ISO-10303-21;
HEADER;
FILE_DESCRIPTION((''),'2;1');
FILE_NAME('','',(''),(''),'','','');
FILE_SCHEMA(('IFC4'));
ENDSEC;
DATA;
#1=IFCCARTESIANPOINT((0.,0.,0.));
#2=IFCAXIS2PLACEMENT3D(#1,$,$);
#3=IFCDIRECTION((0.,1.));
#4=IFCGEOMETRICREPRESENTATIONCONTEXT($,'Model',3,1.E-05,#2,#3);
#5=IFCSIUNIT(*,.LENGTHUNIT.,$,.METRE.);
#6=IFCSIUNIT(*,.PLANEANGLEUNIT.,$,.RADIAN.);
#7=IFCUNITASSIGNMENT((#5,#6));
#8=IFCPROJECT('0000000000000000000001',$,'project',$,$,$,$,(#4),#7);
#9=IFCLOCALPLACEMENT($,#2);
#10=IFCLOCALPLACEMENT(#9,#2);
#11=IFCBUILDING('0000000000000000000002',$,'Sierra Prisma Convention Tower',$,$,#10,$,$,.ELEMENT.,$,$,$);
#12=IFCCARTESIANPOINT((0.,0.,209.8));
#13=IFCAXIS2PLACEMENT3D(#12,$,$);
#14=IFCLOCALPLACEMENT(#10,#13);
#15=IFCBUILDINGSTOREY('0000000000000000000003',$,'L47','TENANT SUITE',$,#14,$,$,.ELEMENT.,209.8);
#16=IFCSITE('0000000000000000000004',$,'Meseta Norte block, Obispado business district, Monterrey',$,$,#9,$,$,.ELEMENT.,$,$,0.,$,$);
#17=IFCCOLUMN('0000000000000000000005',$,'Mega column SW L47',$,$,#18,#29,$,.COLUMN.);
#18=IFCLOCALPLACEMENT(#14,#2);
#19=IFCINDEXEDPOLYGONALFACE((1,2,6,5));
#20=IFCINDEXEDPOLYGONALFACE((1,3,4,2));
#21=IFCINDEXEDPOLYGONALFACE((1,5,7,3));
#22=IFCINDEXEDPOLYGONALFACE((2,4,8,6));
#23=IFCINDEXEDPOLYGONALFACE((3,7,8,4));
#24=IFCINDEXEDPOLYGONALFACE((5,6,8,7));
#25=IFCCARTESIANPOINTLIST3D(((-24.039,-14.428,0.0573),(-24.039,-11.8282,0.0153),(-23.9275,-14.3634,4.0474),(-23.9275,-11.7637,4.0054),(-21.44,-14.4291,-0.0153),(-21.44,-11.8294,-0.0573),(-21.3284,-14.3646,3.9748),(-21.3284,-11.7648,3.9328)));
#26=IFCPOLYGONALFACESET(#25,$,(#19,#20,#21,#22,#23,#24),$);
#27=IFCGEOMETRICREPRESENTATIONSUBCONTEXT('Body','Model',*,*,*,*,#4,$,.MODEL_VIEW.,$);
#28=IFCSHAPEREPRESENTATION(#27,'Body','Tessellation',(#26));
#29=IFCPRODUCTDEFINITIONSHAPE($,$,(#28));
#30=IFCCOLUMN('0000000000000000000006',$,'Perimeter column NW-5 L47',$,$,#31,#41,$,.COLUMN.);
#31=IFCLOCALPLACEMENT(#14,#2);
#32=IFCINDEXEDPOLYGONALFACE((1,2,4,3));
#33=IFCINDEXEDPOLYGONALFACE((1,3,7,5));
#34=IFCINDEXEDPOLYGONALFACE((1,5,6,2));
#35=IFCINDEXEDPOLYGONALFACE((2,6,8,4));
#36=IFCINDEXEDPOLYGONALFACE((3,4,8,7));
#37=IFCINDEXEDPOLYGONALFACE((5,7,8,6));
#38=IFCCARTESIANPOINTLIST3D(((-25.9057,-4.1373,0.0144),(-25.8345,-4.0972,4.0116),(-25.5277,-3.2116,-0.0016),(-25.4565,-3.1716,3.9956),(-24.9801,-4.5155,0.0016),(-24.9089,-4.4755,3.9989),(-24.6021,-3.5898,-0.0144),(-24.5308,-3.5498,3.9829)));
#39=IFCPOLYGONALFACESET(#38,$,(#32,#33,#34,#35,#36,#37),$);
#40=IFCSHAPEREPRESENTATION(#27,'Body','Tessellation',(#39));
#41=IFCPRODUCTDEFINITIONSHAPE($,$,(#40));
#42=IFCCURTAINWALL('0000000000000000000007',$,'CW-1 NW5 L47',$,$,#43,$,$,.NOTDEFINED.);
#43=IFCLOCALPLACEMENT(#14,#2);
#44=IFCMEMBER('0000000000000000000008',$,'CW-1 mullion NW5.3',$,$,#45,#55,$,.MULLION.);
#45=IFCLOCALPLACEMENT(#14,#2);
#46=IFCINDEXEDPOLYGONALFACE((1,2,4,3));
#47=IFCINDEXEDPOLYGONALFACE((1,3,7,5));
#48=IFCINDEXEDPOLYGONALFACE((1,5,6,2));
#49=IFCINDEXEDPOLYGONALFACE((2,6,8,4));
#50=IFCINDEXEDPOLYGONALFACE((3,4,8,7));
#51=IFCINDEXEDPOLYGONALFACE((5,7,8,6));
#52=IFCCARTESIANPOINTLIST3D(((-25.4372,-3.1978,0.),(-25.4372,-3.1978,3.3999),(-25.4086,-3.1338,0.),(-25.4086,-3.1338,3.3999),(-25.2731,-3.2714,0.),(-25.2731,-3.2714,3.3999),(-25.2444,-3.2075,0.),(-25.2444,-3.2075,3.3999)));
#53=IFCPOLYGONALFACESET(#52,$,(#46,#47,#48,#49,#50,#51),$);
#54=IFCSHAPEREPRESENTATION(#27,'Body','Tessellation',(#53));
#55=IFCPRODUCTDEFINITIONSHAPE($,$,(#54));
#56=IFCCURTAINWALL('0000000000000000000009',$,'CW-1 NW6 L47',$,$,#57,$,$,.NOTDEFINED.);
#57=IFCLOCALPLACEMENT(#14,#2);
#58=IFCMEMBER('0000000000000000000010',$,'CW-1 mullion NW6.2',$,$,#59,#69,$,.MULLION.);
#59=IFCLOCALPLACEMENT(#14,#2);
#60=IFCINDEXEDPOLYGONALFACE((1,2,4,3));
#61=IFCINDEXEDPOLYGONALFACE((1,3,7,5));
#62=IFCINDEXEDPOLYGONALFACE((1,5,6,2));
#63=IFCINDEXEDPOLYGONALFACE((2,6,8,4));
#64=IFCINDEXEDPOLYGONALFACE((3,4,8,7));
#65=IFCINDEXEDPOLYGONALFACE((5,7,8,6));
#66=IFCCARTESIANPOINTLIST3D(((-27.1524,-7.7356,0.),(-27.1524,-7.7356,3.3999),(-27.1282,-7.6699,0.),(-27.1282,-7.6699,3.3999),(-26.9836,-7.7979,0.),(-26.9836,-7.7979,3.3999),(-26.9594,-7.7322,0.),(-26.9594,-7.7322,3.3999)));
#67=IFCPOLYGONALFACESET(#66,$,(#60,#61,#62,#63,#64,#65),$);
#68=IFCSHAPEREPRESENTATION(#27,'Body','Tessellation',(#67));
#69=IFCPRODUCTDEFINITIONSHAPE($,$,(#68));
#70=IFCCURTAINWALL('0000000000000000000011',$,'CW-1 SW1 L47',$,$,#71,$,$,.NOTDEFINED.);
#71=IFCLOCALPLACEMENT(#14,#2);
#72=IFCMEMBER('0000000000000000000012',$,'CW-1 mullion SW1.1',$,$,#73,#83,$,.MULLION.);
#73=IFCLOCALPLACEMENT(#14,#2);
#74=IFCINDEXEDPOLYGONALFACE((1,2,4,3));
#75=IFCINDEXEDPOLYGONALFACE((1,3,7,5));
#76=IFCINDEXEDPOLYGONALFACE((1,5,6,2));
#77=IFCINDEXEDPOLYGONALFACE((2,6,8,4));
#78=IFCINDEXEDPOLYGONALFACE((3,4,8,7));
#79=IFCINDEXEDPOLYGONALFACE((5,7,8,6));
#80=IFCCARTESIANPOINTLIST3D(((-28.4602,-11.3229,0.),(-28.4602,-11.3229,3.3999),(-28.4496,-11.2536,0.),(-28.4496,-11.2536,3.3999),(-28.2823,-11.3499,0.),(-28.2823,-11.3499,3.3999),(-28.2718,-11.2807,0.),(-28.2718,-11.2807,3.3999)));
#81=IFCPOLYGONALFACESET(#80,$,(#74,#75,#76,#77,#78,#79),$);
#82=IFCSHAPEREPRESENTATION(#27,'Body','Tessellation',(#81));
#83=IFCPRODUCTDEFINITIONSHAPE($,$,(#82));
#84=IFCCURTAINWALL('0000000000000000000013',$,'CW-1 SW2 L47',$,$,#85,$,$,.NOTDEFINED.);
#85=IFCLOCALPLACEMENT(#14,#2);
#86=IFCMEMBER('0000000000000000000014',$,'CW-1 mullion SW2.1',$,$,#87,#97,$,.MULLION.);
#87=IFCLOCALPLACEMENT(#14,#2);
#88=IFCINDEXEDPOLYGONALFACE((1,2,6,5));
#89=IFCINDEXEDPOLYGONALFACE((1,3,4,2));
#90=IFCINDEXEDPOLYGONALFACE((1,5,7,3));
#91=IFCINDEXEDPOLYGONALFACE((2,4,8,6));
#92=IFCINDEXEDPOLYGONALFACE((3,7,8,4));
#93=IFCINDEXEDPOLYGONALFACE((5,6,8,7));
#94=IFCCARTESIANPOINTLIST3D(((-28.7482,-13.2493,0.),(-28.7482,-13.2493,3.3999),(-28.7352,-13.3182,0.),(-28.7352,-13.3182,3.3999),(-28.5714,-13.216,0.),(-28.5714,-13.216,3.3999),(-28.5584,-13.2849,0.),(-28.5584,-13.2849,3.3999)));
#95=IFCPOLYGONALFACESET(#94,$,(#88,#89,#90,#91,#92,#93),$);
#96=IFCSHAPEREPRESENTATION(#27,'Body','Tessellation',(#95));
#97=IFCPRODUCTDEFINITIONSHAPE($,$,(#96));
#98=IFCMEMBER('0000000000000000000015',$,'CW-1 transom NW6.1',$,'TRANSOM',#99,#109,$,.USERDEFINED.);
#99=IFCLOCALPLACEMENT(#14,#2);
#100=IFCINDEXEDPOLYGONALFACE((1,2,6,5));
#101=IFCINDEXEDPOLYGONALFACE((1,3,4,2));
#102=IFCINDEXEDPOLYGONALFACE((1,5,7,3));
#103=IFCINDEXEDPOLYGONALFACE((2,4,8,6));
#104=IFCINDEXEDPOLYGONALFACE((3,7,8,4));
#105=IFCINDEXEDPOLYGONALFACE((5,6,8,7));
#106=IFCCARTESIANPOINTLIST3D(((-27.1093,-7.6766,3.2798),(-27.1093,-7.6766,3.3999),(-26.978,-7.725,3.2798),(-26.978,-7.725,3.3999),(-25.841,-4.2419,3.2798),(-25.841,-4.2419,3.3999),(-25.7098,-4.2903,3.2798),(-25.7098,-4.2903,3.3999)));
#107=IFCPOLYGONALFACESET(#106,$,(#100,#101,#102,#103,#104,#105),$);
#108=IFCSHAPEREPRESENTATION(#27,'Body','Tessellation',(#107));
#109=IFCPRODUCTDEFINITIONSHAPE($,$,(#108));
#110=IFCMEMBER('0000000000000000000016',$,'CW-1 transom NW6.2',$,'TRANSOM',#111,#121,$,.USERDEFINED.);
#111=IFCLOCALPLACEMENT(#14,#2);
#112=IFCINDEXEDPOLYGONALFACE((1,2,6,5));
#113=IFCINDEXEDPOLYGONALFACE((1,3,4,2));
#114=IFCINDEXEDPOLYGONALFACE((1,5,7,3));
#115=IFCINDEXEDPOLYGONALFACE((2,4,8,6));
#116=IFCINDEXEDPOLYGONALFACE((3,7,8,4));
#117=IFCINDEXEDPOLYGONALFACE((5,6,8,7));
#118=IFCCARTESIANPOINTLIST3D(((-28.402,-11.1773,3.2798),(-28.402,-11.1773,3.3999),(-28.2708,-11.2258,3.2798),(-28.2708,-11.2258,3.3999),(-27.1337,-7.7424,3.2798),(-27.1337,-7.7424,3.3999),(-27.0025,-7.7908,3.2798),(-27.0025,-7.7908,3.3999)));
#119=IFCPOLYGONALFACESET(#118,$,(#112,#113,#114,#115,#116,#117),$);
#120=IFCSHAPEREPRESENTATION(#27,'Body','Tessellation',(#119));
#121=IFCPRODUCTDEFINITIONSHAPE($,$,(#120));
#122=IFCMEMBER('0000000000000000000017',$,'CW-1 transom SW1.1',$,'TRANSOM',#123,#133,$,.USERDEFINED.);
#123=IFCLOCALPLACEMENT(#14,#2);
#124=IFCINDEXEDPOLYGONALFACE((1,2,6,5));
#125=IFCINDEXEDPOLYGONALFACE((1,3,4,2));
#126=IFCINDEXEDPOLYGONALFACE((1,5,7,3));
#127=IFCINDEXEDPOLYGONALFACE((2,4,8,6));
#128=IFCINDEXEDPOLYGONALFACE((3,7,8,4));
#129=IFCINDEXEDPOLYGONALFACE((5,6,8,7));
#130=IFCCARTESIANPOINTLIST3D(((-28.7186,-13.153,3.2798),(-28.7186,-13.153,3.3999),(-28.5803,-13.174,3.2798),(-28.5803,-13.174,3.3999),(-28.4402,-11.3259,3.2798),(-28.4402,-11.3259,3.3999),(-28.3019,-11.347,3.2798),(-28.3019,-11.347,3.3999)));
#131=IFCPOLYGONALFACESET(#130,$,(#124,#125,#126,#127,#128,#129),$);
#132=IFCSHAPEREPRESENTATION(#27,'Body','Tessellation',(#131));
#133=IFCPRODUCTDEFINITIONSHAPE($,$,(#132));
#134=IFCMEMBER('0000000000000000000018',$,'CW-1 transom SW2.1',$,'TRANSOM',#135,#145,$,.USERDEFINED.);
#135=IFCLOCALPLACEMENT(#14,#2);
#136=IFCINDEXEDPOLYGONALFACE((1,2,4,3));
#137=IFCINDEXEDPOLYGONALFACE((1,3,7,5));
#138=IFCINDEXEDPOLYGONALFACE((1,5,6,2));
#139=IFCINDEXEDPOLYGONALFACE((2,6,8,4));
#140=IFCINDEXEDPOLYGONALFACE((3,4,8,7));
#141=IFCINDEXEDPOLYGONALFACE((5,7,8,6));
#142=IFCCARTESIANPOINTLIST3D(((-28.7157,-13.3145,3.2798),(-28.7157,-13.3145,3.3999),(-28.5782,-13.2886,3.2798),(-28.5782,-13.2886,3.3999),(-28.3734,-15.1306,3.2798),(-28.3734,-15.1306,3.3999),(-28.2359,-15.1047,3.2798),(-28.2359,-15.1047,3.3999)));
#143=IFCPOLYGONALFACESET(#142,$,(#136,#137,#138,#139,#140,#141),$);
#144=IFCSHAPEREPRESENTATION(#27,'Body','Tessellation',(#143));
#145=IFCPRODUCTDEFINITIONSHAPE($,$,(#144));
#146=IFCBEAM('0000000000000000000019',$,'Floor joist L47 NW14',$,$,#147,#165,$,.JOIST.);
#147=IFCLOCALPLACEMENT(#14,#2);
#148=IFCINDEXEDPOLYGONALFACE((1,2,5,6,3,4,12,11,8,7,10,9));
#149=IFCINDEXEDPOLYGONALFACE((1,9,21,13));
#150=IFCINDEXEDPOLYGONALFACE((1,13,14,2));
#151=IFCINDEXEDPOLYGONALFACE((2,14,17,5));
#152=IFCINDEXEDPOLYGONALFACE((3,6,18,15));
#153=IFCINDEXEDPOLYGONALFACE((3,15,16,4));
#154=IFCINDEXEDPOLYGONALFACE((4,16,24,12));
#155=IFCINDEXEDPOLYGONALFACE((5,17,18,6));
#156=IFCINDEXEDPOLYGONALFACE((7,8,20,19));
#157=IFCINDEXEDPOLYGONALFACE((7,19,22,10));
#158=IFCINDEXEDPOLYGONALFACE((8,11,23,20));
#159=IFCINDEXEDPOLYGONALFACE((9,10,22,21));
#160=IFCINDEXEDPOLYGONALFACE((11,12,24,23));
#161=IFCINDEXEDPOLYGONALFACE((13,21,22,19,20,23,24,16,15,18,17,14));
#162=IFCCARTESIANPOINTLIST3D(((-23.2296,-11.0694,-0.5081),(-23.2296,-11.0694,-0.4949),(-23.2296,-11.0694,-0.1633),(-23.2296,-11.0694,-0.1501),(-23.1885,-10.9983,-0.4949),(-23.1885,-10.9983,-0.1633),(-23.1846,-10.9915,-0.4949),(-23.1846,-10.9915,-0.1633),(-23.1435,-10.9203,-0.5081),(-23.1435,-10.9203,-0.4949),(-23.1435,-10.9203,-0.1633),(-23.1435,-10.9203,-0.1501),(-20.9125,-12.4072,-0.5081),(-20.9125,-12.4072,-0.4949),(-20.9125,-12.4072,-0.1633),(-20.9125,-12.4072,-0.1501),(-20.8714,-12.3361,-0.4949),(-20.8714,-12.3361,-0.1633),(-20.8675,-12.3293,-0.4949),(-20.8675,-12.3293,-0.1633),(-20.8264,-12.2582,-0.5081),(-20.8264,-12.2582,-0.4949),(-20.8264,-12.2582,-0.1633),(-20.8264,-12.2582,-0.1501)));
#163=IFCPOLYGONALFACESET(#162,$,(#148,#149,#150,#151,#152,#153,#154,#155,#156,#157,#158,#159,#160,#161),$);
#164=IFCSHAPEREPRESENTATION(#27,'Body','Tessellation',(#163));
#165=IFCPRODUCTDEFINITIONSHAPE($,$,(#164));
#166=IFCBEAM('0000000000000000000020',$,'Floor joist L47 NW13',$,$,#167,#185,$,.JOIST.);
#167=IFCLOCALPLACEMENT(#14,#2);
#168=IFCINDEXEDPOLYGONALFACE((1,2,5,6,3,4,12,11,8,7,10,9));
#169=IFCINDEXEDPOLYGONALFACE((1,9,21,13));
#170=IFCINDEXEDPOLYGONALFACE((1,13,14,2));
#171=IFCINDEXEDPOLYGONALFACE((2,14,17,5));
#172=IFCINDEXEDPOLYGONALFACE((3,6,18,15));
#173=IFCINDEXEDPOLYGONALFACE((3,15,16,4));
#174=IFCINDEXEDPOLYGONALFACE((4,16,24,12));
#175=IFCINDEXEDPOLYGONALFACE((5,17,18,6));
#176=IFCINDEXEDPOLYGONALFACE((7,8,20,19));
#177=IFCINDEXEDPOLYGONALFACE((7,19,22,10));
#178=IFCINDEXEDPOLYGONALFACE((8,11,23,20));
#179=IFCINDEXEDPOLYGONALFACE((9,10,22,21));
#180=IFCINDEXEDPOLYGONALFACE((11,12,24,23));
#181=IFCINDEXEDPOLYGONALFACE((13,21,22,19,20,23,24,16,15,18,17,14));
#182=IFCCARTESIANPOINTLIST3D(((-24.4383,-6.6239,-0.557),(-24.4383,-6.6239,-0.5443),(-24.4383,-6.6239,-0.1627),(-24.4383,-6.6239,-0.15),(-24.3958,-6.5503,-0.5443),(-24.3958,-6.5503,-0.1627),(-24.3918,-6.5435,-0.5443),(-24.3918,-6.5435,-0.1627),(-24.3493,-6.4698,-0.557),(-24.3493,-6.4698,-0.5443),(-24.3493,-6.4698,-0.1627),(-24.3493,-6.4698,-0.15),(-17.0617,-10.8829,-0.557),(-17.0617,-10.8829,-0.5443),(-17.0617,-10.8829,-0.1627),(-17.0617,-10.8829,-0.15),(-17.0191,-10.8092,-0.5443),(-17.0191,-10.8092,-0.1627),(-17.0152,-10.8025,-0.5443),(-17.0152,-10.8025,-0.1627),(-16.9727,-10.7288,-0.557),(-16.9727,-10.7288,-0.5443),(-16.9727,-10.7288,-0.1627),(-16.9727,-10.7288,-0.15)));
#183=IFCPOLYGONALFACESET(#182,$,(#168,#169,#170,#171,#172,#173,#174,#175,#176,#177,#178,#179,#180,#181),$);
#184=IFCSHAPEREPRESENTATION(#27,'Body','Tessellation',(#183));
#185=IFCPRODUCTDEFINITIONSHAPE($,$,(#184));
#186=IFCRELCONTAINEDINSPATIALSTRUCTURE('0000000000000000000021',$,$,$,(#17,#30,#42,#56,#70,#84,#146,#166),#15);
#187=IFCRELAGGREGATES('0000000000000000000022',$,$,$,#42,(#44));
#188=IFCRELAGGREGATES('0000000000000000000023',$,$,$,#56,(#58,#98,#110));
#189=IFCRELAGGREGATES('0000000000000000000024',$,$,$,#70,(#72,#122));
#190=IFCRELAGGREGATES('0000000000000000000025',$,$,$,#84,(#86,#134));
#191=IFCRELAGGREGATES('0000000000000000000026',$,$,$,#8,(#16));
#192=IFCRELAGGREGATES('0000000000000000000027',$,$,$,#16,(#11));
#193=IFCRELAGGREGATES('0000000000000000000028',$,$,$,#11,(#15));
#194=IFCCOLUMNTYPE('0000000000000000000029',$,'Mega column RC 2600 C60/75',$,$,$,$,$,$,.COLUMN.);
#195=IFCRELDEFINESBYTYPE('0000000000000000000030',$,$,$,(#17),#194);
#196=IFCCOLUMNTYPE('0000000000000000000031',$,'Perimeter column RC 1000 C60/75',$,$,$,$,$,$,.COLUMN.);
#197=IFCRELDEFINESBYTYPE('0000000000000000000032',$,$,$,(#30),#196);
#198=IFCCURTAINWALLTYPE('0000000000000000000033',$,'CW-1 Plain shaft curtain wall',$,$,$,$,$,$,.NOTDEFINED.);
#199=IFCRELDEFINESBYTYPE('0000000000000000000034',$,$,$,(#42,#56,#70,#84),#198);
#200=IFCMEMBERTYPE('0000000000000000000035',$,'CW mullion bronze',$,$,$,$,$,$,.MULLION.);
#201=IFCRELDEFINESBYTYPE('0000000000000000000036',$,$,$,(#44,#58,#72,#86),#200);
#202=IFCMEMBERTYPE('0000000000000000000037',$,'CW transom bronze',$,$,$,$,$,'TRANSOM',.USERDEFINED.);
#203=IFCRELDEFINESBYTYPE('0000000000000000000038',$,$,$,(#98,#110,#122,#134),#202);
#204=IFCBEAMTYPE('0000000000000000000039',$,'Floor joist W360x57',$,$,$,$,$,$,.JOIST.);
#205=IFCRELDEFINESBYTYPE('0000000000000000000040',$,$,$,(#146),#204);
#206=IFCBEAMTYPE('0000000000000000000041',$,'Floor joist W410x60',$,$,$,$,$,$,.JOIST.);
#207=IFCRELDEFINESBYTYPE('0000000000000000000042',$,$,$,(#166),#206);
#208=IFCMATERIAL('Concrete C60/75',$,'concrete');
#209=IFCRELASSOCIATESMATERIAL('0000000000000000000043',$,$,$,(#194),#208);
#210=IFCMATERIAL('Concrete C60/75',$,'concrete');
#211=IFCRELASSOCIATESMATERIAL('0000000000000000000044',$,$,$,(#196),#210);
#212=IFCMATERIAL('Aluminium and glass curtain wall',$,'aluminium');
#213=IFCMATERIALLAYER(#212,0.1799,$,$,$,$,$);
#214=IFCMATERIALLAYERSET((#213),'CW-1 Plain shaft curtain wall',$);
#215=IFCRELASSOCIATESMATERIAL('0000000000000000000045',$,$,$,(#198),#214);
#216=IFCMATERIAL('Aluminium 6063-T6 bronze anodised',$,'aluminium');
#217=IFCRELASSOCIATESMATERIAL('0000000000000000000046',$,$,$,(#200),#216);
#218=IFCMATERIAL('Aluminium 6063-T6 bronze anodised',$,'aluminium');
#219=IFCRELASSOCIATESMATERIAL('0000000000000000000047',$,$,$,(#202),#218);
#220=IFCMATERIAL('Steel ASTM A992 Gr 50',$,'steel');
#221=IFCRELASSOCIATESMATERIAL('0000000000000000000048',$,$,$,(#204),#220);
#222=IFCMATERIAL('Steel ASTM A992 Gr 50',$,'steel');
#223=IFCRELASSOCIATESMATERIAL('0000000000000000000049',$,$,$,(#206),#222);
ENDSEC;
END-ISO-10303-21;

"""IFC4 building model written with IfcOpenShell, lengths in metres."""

from ifc_helpers import new_model, si_unit, direction, frame, origin, origin_2d, place, context, subcontext, project, spatial, rectangle, i_section, extrude, clip, halfspace, material, layer, layer_set, material_profile, profile_set, type_object, element, aggregate, save


model = new_model("IFC4")

# Units and contexts
model_context = context("Model", 3, precision=1e-05, world=origin(), true_north=direction((0.0, 1.0)))
body_context = subcontext(model_context, "Body", "Model", "MODEL_VIEW")
ifc_project = project(units=[si_unit("LENGTHUNIT", "METRE"), si_unit("PLANEANGLEUNIT", "RADIAN")], contexts=[model_context])

# Site, building, storey
site_placement = place(None, origin())
site = spatial("IfcSite", under=ifc_project, at=site_placement, Name="Meseta Norte block, Obispado business district, Monterrey", CompositionType="ELEMENT", RefElevation=0.0)
building_placement = place(site_placement, origin())
building = spatial("IfcBuilding", under=site, at=building_placement, Name="Sierra Prisma Convention Tower", CompositionType="ELEMENT")
storey_placement = place(building_placement, frame((0.0, 0.0, 209.8)))
storey = spatial("IfcBuildingStorey", under=building, at=storey_placement, Name="L47", Description="TENANT SUITE", CompositionType="ELEMENT", Elevation=209.8)

# Columns
ifc_material_1 = material(Name="Concrete C60/75", Category="concrete")
ifc_material_profile_1 = material_profile(ifc_material_1, rectangle(XDim=2.6001, YDim=2.6001, at=origin_2d()), Name="Mega column RC 2600 C60/75")
ifc_profile_set_1 = profile_set([ifc_material_profile_1], Name="Concrete C60/75")
column_type_1 = type_object("IfcColumnType", Name="Mega column RC 2600 C60/75", PredefinedType="COLUMN", material=ifc_profile_set_1)
column_1_placement = place(storey_placement, frame((-22.7395, -13.1287, 0.0), z_axis=(0.02794, 0.016166, 0.999479), x_axis=(0.99961, -0.000452, -0.027936)))
element("IfcColumn", 1, at=column_1_placement, inside=storey, type_object=column_type_1, Name="Mega column SW L47", PredefinedType="COLUMN", context=body_context, shape_type="SweptSolid", body=[
    clip(extrude(rectangle(XDim=2.6001, YDim=2.6001, at=origin_2d()), origin(), (0.0, 0.0, 1.0), 4.0022), halfspace(frame((0.0, 0.0, 3.9922)), False)),
])
ifc_material_2 = material(Name="Concrete C60/75", Category="concrete")
ifc_material_profile_2 = material_profile(ifc_material_2, rectangle(XDim=1.0, YDim=1.0, at=origin_2d()), Name="Perimeter column RC 1000 C60/75")
ifc_profile_set_2 = profile_set([ifc_material_profile_2], Name="Concrete C60/75")
column_type_2 = type_object("IfcColumnType", Name="Perimeter column RC 1000 C60/75", PredefinedType="COLUMN", material=ifc_profile_set_2)
column_2_placement = place(storey_placement, frame((-25.2539, -3.8635, 0.0), z_axis=(0.017819, 0.010008, 0.999791), x_axis=(0.378002, 0.925666, -0.016003)))
element("IfcColumn", 2, at=column_2_placement, inside=storey, type_object=column_type_2, Name="Perimeter column NW-5 L47", PredefinedType="COLUMN", context=body_context, shape_type="SweptSolid", body=[
    clip(extrude(rectangle(XDim=1.0, YDim=1.0, at=origin_2d()), origin(), (0.0, 0.0, 1.0), 4.0007), halfspace(frame((0.0, 0.0, 3.998)), False)),
])

# Curtain walls, members
ifc_material_3 = material(Name="Aluminium and glass curtain wall", Category="aluminium")
ifc_layer_1 = layer(ifc_material_3, 0.1799)
ifc_layer_set_1 = layer_set([ifc_layer_1], Name="CW-1 Plain shaft curtain wall")
curtain_wall_type = type_object("IfcCurtainWallType", Name="CW-1 Plain shaft curtain wall", PredefinedType="NOTDEFINED", material=ifc_layer_set_1)
curtain_wall_1_placement = place(storey_placement, origin())
curtain_wall_1 = element("IfcCurtainWall", 3, at=curtain_wall_1_placement, inside=storey, type_object=curtain_wall_type, Name="CW-1 NW5 L47", PredefinedType="NOTDEFINED")
ifc_material_4 = material(Name="Aluminium 6063-T6 bronze anodised", Category="aluminium")
ifc_material_profile_3 = material_profile(ifc_material_4, rectangle(XDim=0.1799, YDim=0.0701, at=origin_2d()), Name="ALU MULLION 70x180")
ifc_profile_set_3 = profile_set([ifc_material_profile_3], Name="Aluminium 6063-T6 bronze anodised")
member_type_1 = type_object("IfcMemberType", Name="CW mullion bronze", PredefinedType="MULLION", material=ifc_profile_set_3)
member_1_placement = place(storey_placement, frame((-25.3408, -3.2026, 0.0), z_axis=(0.0, 0.0, 1.0), x_axis=(0.912404, -0.40929, 0.0)))
member_1 = element("IfcMember", 4, at=member_1_placement, type_object=member_type_1, Name="CW-1 mullion NW5.3", PredefinedType="MULLION", context=body_context, shape_type="SweptSolid", body=[
    extrude(rectangle(XDim=0.1799, YDim=0.0701, at=origin_2d()), origin(), (0.0, 0.0, 1.0), 3.3999),
])
aggregate(curtain_wall_1, [member_1])
curtain_wall_2_placement = place(storey_placement, origin())
curtain_wall_2 = element("IfcCurtainWall", 5, at=curtain_wall_2_placement, inside=storey, type_object=curtain_wall_type, Name="CW-1 NW6 L47", PredefinedType="NOTDEFINED")
member_2_placement = place(storey_placement, frame((-27.0559, -7.7339, 0.0), z_axis=(0.0, 0.0, 1.0), x_axis=(0.938088, -0.346397, 0.0)))
member_2 = element("IfcMember", 6, at=member_2_placement, type_object=member_type_1, Name="CW-1 mullion NW6.2", PredefinedType="MULLION", context=body_context, shape_type="SweptSolid", body=[
    extrude(rectangle(XDim=0.1799, YDim=0.0701, at=origin_2d()), origin(), (0.0, 0.0, 1.0), 3.3999),
])
curtain_wall_3_placement = place(storey_placement, origin())
curtain_wall_3 = element("IfcCurtainWall", 7, at=curtain_wall_3_placement, inside=storey, type_object=curtain_wall_type, Name="CW-1 SW1 L47", PredefinedType="NOTDEFINED")
member_3_placement = place(storey_placement, frame((-28.366, -11.3018, 0.0), z_axis=(0.0, 0.0, 1.0), x_axis=(0.988609, -0.150509, 0.0)))
member_3 = element("IfcMember", 8, at=member_3_placement, type_object=member_type_1, Name="CW-1 mullion SW1.1", PredefinedType="MULLION", context=body_context, shape_type="SweptSolid", body=[
    extrude(rectangle(XDim=0.1799, YDim=0.0701, at=origin_2d()), origin(), (0.0, 0.0, 1.0), 3.3999),
])
curtain_wall_4_placement = place(storey_placement, origin())
curtain_wall_4 = element("IfcCurtainWall", 9, at=curtain_wall_4_placement, inside=storey, type_object=curtain_wall_type, Name="CW-1 SW2 L47", PredefinedType="NOTDEFINED")
member_4_placement = place(storey_placement, frame((-28.6533, -13.2671, 0.0), z_axis=(0.0, 0.0, 1.0), x_axis=(0.982704, 0.185183, 0.0)))
member_4 = element("IfcMember", 10, at=member_4_placement, type_object=member_type_1, Name="CW-1 mullion SW2.1", PredefinedType="MULLION", context=body_context, shape_type="SweptSolid", body=[
    extrude(rectangle(XDim=0.1799, YDim=0.0701, at=origin_2d()), origin(), (0.0, 0.0, 1.0), 3.3999),
])

# Members
ifc_material_5 = material(Name="Aluminium 6063-T6 bronze anodised", Category="aluminium")
ifc_material_profile_4 = material_profile(ifc_material_5, rectangle(XDim=0.1399, YDim=0.1201, at=origin_2d()), Name="ALU TRANSOM 120x140")
ifc_profile_set_4 = profile_set([ifc_material_profile_4], Name="Aluminium 6063-T6 bronze anodised")
member_type_2 = type_object("IfcMemberType", Name="CW transom bronze", ElementType="TRANSOM", PredefinedType="USERDEFINED", material=ifc_profile_set_4)
member_5_placement = place(storey_placement, frame((-25.7754, -4.2661, 3.3398), z_axis=(-0.346391, -0.93809, 0.0), x_axis=(0.93809, -0.346391, 0.0)))
member_5 = element("IfcMember", 11, at=member_5_placement, type_object=member_type_2, Name="CW-1 transom NW6.1", ObjectType="TRANSOM", PredefinedType="USERDEFINED", context=body_context, shape_type="SweptSolid", body=[
    extrude(rectangle(XDim=0.1399, YDim=0.1201, at=origin_2d()), origin(), (0.0, 0.0, 1.0), 3.6614),
])
member_6_placement = place(storey_placement, frame((-27.0681, -7.7666, 3.3398), z_axis=(-0.34637, -0.938098, 0.0), x_axis=(0.938098, -0.34637, 0.0)))
member_6 = element("IfcMember", 12, at=member_6_placement, type_object=member_type_2, Name="CW-1 transom NW6.2", ObjectType="TRANSOM", PredefinedType="USERDEFINED", context=body_context, shape_type="SweptSolid", body=[
    extrude(rectangle(XDim=0.1399, YDim=0.1201, at=origin_2d()), origin(), (0.0, 0.0, 1.0), 3.6616),
])
member_7_placement = place(storey_placement, frame((-28.3711, -11.3364, 3.3398), z_axis=(-0.150588, -0.988597, 0.0), x_axis=(0.988597, -0.150588, 0.0)))
member_7 = element("IfcMember", 13, at=member_7_placement, type_object=member_type_2, Name="CW-1 transom SW1.1", ObjectType="TRANSOM", PredefinedType="USERDEFINED", context=body_context, shape_type="SweptSolid", body=[
    extrude(rectangle(XDim=0.1399, YDim=0.1201, at=origin_2d()), origin(), (0.0, 0.0, 1.0), 1.8481),
])
member_8_placement = place(storey_placement, frame((-28.647, -13.3015, 3.3398), z_axis=(0.185206, -0.9827, 0.0), x_axis=(0.9827, 0.185206, 0.0)))
member_8 = element("IfcMember", 14, at=member_8_placement, type_object=member_type_2, Name="CW-1 transom SW2.1", ObjectType="TRANSOM", PredefinedType="USERDEFINED", context=body_context, shape_type="SweptSolid", body=[
    extrude(rectangle(XDim=0.1399, YDim=0.1201, at=origin_2d()), origin(), (0.0, 0.0, 1.0), 1.8481),
])

# Beams
ifc_material_6 = material(Name="Steel ASTM A992 Gr 50", Category="steel")
ifc_material_profile_5 = material_profile(ifc_material_6, i_section(OverallWidth=0.1721, OverallDepth=0.3579, WebThickness=0.0078, FlangeThickness=0.0132, at=origin_2d()), Name="W360x57")
ifc_profile_set_5 = profile_set([ifc_material_profile_5], Name="Steel ASTM A992 Gr 50")
beam_type_1 = type_object("IfcBeamType", Name="Floor joist W360x57", PredefinedType="JOIST", material=ifc_profile_set_5)
beam_1_placement = place(storey_placement, frame((-23.1865, -10.9949, -0.3291), z_axis=(0.866011, -0.500025, 0.0), x_axis=(0.500025, 0.866011, 0.0)))
element("IfcBeam", 15, at=beam_1_placement, inside=storey, type_object=beam_type_1, Name="Floor joist L47 NW14", PredefinedType="JOIST", context=body_context, shape_type="SweptSolid", body=[
    extrude(i_section(OverallWidth=0.1721, OverallDepth=0.3579, WebThickness=0.0078, FlangeThickness=0.0132, at=origin_2d()), origin(), (0.0, 0.0, 1.0), 2.6755),
])
ifc_material_7 = material(Name="Steel ASTM A992 Gr 50", Category="steel")
ifc_material_profile_6 = material_profile(ifc_material_7, i_section(OverallWidth=0.178, OverallDepth=0.407, WebThickness=0.0078, FlangeThickness=0.0127, at=origin_2d()), Name="W410x60")
ifc_profile_set_6 = profile_set([ifc_material_profile_6], Name="Steel ASTM A992 Gr 50")
beam_type_2 = type_object("IfcBeamType", Name="Floor joist W410x60", PredefinedType="JOIST", material=ifc_profile_set_6)
beam_2_placement = place(storey_placement, frame((-24.3938, -6.5469, -0.3535), z_axis=(0.866021, -0.500008, 0.0), x_axis=(0.500008, 0.866021, 0.0)))
element("IfcBeam", 16, at=beam_2_placement, inside=storey, type_object=beam_type_2, Name="Floor joist L47 NW13", PredefinedType="JOIST", context=body_context, shape_type="SweptSolid", body=[
    extrude(i_section(OverallWidth=0.178, OverallDepth=0.407, WebThickness=0.0078, FlangeThickness=0.0127, at=origin_2d()), origin(), (0.0, 0.0, 1.0), 8.5178),
])

aggregate(curtain_wall_2, [member_2, member_5, member_6])
aggregate(curtain_wall_3, [member_3, member_7])
aggregate(curtain_wall_4, [member_4, member_8])

save(model, "model.ifc")
